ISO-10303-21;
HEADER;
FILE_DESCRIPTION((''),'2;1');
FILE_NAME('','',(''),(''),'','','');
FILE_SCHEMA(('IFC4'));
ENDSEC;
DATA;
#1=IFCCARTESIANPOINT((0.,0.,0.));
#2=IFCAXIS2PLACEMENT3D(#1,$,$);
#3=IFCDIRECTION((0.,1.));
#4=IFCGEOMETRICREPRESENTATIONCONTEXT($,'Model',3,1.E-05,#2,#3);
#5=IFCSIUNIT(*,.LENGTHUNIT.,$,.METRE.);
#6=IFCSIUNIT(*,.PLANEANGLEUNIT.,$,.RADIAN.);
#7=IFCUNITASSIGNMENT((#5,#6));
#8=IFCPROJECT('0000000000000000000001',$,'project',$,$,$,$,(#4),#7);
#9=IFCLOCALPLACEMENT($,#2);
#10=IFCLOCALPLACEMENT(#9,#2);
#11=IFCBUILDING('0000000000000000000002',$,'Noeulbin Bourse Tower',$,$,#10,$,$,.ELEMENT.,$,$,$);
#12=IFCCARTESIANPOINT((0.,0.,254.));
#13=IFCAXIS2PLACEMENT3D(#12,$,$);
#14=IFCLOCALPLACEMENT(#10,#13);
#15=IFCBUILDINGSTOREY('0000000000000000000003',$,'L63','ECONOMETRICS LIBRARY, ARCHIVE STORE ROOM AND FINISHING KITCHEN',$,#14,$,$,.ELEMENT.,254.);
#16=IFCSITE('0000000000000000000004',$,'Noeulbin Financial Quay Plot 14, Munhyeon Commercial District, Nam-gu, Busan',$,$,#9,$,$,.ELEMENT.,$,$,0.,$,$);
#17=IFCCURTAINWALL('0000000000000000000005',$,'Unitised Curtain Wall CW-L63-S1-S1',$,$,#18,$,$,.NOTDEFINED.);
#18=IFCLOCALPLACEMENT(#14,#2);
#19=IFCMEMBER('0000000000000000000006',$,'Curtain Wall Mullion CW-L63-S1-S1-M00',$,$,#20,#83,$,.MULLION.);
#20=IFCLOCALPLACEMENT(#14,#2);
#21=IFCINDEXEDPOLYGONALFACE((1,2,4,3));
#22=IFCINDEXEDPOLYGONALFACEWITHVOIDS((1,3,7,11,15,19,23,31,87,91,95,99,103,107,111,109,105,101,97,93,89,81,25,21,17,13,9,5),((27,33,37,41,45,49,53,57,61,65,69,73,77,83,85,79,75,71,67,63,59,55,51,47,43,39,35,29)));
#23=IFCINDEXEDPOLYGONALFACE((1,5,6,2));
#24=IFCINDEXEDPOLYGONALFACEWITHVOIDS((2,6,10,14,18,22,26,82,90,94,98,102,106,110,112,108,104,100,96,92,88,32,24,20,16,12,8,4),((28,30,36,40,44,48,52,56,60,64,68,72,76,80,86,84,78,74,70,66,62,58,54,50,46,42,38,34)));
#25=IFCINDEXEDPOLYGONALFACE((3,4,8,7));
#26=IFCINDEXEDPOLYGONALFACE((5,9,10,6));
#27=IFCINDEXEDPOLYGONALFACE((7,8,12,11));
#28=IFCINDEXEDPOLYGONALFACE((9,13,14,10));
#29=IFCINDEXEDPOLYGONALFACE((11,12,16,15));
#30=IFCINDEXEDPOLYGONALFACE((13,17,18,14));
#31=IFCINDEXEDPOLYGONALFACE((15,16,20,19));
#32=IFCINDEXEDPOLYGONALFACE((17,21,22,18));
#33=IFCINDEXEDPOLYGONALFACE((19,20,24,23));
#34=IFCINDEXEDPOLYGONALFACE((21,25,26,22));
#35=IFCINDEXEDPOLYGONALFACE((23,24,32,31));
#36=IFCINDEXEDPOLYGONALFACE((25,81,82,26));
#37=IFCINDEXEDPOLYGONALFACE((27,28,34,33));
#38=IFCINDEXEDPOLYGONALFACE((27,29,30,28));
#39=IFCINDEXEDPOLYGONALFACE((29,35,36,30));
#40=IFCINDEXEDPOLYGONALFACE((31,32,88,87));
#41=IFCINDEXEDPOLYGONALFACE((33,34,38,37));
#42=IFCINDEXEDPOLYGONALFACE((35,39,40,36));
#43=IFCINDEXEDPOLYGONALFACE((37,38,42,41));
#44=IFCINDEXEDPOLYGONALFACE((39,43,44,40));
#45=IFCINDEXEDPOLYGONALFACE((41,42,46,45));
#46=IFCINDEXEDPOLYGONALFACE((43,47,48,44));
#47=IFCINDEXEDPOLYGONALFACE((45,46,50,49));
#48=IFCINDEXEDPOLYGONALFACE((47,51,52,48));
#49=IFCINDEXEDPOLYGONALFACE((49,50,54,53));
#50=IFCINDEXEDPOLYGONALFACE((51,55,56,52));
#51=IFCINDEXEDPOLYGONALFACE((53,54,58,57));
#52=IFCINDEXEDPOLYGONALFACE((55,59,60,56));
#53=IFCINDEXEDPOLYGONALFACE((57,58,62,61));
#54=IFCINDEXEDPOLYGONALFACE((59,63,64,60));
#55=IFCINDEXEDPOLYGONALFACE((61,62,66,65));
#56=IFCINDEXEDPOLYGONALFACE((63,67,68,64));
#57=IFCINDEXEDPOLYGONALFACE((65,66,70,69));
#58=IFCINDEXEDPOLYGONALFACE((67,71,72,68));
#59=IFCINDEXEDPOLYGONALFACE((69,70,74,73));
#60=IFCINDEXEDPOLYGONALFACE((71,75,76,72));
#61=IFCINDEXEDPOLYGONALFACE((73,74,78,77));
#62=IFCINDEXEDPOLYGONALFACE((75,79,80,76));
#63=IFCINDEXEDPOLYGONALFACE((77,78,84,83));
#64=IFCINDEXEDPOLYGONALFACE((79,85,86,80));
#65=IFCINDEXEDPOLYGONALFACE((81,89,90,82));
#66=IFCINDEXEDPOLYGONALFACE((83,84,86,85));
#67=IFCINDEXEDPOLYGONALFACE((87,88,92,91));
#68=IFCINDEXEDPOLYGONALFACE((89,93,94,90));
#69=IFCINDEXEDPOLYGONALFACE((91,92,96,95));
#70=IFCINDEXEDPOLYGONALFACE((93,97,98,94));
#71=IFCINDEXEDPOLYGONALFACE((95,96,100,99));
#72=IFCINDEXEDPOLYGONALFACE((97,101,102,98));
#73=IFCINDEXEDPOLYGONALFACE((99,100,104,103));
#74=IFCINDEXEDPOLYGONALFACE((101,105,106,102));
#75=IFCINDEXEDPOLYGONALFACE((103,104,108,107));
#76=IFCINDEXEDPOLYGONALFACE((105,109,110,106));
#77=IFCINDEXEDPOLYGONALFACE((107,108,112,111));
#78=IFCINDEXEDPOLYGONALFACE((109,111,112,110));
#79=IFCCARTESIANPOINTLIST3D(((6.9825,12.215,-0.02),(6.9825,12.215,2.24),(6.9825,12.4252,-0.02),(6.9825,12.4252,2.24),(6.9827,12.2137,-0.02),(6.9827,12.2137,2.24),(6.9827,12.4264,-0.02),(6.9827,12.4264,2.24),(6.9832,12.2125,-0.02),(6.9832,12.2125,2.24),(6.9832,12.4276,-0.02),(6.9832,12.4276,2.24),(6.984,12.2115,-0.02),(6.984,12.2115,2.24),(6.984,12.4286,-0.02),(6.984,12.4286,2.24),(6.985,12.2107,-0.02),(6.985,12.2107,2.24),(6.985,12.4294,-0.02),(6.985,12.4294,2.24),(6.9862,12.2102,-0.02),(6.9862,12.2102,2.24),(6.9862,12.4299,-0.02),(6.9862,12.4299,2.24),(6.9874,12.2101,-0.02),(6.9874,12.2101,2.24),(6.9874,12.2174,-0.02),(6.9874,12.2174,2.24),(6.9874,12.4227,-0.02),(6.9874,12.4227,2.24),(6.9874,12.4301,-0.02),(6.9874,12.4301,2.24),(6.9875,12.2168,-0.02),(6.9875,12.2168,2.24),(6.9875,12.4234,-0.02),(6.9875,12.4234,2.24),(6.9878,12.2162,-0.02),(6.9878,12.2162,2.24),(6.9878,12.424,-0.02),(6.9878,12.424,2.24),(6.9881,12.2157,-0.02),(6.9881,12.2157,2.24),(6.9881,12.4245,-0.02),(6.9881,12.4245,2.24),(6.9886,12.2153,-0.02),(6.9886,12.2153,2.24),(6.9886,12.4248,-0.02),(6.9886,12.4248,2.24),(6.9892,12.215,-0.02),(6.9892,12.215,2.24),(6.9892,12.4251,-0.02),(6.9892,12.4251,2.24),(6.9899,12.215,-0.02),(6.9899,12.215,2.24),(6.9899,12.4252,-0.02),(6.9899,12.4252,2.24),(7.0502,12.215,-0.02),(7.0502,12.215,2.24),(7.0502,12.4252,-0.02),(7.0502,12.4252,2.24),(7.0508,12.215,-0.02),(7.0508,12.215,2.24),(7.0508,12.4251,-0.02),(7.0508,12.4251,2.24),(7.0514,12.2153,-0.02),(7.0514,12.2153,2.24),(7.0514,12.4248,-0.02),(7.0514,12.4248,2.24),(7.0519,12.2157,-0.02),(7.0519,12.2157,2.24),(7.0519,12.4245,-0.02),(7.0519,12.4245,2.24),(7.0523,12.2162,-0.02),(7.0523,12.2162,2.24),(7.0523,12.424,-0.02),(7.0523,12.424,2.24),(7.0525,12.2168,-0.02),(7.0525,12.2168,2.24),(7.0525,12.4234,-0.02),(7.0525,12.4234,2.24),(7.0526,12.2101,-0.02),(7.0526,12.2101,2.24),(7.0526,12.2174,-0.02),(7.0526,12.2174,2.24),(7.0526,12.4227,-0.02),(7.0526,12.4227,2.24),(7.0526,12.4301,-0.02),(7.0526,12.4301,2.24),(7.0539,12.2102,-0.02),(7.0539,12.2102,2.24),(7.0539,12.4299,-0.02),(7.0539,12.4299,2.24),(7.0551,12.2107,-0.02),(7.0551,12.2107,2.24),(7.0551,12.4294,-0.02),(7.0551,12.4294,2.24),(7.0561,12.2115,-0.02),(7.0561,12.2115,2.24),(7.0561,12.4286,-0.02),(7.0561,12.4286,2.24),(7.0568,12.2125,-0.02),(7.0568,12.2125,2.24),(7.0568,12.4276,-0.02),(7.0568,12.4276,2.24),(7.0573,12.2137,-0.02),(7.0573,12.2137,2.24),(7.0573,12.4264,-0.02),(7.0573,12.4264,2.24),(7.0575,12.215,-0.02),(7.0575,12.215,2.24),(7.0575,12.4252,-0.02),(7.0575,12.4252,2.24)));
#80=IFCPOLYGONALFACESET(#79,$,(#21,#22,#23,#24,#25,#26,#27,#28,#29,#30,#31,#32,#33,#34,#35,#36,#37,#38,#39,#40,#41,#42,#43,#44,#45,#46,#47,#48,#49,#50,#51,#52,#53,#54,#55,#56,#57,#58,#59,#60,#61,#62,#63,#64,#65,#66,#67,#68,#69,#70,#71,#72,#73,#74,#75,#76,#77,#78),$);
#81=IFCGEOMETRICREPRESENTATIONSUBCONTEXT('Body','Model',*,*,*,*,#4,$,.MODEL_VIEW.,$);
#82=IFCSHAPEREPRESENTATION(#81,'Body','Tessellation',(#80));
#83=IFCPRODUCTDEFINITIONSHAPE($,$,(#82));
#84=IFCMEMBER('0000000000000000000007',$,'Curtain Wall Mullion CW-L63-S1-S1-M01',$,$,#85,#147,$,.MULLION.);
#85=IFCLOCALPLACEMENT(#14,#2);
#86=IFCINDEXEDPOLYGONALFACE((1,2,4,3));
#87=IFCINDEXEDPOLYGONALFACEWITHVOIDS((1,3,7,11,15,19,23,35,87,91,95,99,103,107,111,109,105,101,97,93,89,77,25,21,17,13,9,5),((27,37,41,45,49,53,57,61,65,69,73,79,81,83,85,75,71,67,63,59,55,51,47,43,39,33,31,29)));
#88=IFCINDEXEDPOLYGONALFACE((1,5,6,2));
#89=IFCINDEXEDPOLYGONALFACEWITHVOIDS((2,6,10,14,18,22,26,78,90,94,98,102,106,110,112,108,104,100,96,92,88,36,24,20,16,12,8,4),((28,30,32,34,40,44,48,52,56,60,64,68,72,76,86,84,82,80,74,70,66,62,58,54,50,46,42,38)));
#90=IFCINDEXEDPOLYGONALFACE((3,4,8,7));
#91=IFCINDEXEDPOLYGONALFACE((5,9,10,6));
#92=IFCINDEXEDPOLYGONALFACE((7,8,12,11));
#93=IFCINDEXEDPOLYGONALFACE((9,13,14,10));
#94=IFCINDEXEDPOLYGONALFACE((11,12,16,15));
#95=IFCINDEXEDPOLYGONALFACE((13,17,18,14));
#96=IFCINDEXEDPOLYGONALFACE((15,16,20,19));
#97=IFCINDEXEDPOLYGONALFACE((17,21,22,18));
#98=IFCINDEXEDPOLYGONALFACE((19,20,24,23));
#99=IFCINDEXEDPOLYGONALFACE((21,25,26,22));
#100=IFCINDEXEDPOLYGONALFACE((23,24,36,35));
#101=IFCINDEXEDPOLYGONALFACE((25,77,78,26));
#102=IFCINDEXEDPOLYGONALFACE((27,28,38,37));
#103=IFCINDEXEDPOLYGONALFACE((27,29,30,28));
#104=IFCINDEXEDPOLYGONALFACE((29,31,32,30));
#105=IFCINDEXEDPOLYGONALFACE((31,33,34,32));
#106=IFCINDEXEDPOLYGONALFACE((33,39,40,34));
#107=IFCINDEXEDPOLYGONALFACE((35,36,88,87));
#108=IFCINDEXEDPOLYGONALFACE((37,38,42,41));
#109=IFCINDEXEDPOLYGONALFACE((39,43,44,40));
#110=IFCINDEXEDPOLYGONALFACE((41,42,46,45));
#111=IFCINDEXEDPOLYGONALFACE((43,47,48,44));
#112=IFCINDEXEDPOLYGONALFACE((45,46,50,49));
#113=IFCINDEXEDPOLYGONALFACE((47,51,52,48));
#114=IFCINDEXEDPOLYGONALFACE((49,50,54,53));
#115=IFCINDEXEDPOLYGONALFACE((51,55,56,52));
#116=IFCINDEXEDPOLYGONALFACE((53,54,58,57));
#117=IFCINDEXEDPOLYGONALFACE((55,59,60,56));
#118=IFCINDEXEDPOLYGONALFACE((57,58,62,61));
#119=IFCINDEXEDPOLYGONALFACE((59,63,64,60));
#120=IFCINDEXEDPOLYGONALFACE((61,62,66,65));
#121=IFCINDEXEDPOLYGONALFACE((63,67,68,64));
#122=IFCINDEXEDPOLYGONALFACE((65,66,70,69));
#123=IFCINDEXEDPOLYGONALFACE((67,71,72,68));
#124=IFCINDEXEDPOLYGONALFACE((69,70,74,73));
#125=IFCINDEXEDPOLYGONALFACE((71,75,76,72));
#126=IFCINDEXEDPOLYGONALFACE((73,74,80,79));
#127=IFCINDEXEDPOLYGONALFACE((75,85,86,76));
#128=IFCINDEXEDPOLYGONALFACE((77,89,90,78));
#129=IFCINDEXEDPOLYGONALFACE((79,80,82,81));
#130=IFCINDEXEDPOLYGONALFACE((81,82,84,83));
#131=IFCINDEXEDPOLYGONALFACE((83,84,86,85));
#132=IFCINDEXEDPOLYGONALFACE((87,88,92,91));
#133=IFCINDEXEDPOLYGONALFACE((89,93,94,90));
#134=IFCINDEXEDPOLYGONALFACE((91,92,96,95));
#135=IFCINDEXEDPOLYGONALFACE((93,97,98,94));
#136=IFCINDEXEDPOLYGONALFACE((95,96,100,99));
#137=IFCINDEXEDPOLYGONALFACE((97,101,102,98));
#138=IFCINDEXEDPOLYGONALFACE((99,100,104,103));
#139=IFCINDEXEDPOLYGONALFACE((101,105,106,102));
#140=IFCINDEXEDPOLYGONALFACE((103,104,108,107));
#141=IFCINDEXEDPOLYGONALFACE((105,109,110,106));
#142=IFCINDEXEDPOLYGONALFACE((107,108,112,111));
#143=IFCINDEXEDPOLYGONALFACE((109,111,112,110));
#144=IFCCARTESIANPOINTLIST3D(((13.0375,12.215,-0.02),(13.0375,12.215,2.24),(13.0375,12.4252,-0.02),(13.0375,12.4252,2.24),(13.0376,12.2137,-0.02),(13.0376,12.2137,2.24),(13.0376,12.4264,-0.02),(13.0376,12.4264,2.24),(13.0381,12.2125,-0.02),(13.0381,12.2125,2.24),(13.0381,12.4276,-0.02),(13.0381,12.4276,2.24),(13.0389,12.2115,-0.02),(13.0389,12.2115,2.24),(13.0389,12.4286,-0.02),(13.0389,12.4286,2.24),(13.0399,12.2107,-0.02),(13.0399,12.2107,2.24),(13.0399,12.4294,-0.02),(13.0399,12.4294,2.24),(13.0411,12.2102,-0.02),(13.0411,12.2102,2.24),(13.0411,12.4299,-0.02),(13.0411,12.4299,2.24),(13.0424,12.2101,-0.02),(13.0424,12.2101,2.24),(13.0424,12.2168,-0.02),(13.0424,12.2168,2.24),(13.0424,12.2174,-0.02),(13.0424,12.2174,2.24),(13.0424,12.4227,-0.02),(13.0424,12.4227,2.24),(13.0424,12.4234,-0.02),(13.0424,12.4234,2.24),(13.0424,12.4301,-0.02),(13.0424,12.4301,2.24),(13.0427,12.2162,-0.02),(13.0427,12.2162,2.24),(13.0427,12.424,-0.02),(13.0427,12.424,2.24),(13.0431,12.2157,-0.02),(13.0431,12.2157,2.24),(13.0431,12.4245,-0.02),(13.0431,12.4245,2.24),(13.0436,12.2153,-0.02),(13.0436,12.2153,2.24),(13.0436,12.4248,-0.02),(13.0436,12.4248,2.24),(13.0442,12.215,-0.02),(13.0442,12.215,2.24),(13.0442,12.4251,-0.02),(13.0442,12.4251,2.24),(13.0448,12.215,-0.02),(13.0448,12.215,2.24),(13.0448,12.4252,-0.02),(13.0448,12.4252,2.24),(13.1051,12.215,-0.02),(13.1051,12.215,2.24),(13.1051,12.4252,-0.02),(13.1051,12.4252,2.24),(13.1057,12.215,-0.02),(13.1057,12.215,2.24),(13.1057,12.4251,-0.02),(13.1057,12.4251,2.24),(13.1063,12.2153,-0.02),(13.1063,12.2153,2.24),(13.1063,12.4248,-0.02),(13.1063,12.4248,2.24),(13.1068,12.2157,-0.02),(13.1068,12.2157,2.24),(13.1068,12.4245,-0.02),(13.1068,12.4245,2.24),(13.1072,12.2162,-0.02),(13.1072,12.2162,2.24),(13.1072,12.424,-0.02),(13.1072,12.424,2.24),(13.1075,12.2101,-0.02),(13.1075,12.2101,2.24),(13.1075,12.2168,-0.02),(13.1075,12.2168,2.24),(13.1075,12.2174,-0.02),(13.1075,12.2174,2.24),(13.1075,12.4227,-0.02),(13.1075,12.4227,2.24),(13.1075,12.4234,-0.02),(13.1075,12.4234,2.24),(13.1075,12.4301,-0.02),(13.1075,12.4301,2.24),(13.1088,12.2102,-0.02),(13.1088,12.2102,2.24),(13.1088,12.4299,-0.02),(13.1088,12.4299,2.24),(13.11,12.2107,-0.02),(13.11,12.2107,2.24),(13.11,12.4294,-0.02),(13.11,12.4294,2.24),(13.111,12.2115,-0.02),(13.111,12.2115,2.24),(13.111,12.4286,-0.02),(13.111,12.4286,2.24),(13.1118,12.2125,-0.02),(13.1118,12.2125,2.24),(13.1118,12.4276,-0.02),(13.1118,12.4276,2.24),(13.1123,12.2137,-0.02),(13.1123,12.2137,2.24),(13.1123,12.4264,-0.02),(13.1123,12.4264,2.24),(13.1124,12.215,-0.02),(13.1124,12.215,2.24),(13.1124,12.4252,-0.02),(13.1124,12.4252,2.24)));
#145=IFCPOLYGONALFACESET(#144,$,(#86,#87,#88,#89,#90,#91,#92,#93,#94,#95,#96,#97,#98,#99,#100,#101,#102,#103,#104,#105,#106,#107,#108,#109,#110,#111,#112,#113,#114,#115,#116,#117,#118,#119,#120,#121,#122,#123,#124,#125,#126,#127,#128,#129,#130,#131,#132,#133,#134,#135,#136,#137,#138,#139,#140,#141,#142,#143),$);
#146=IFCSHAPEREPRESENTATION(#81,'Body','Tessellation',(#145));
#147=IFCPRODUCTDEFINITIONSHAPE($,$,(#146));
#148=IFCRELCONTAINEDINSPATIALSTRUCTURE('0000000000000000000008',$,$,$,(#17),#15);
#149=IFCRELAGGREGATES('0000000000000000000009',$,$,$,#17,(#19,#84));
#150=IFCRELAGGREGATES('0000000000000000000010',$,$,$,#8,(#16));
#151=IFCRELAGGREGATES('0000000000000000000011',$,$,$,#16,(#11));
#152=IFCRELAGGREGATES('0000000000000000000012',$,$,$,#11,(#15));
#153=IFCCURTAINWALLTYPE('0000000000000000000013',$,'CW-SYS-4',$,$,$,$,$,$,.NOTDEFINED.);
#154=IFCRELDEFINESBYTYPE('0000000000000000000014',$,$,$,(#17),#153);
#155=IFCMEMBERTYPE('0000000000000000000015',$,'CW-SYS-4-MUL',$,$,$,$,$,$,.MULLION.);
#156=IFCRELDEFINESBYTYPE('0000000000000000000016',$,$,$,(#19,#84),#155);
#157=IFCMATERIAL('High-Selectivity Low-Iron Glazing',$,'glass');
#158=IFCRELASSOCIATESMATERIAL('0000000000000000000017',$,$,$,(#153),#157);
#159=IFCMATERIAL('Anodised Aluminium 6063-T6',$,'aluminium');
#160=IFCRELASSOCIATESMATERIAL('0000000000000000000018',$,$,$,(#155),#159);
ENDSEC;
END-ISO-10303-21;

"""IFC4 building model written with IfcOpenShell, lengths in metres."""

from ifc_helpers import new_model, si_unit, direction, frame, origin, origin_2d, place, context, subcontext, project, spatial, hollow_rectangle, extrude, material, material_profile, profile_set, type_object, element, aggregate, save


model = new_model("IFC4")

# Units and contexts
model_context = context("Model", 3, precision=1e-05, world=origin(), true_north=direction((0.0, 1.0)))
body_context = subcontext(model_context, "Body", "Model", "MODEL_VIEW")
ifc_project = project(units=[si_unit("LENGTHUNIT", "METRE"), si_unit("PLANEANGLEUNIT", "RADIAN")], contexts=[model_context])

# Site, building, storey
site_placement = place(None, origin())
site = spatial("IfcSite", under=ifc_project, at=site_placement, Name="Noeulbin Financial Quay Plot 14, Munhyeon Commercial District, Nam-gu, Busan", CompositionType="ELEMENT", RefElevation=0.0)
building_placement = place(site_placement, origin())
building = spatial("IfcBuilding", under=site, at=building_placement, Name="Noeulbin Bourse Tower", CompositionType="ELEMENT")
storey_placement = place(building_placement, frame((0.0, 0.0, 254.0)))
storey = spatial("IfcBuildingStorey", under=building, at=storey_placement, Name="L63", Description="ECONOMETRICS LIBRARY, ARCHIVE STORE ROOM AND FINISHING KITCHEN", CompositionType="ELEMENT", Elevation=254.0)

# Curtain wall, members
ifc_material_1 = material(Name="High-Selectivity Low-Iron Glazing", Category="glass")
curtain_wall_type = type_object("IfcCurtainWallType", Name="CW-SYS-4", PredefinedType="NOTDEFINED", material=ifc_material_1)
curtain_wall_placement = place(storey_placement, origin())
curtain_wall = element("IfcCurtainWall", 1, at=curtain_wall_placement, inside=storey, type_object=curtain_wall_type, Name="Unitised Curtain Wall CW-L63-S1-S1", PredefinedType="NOTDEFINED")
ifc_material_2 = material(Name="Anodised Aluminium 6063-T6", Category="aluminium")
ifc_material_profile_1 = material_profile(ifc_material_2, hollow_rectangle(XDim=0.075, YDim=0.22, WallThickness=0.0049, InnerFilletRadius=0.0024, OuterFilletRadius=0.0049, at=origin_2d()), Name="ALU-MULL-75x220x5", Category="LoadBearing")
ifc_profile_set_1 = profile_set([ifc_material_profile_1], Name="Anodised Aluminium 6063-T6")
member_type_1 = type_object("IfcMemberType", Name="CW-SYS-4-MUL", PredefinedType="MULLION", material=ifc_profile_set_1)
member_1_placement = place(storey_placement, frame((7.02, 12.3201, -0.02), z_axis=(0.0, 0.0, 1.0), x_axis=(1.0, 0.0, 0.0)))
member_1 = element("IfcMember", 2, at=member_1_placement, type_object=member_type_1, Name="Curtain Wall Mullion CW-L63-S1-S1-M00", PredefinedType="MULLION", context=body_context, shape_type="SweptSolid", body=[
    extrude(hollow_rectangle(XDim=0.075, YDim=0.22, WallThickness=0.0049, InnerFilletRadius=0.0024, OuterFilletRadius=0.0049, at=origin_2d()), origin(), (0.0, 0.0, 1.0), 2.26),
])
member_2_placement = place(storey_placement, frame((13.075, 12.3201, -0.02), z_axis=(0.0, 0.0, 1.0), x_axis=(1.0, 0.0, 0.0)))
member_2 = element("IfcMember", 3, at=member_2_placement, type_object=member_type_1, Name="Curtain Wall Mullion CW-L63-S1-S1-M01", PredefinedType="MULLION", context=body_context, shape_type="SweptSolid", body=[
    extrude(hollow_rectangle(XDim=0.075, YDim=0.22, WallThickness=0.0049, InnerFilletRadius=0.0024, OuterFilletRadius=0.0049, at=origin_2d()), origin(), (0.0, 0.0, 1.0), 2.26),
])
aggregate(curtain_wall, [member_1, member_2])

save(model, "model.ifc")
